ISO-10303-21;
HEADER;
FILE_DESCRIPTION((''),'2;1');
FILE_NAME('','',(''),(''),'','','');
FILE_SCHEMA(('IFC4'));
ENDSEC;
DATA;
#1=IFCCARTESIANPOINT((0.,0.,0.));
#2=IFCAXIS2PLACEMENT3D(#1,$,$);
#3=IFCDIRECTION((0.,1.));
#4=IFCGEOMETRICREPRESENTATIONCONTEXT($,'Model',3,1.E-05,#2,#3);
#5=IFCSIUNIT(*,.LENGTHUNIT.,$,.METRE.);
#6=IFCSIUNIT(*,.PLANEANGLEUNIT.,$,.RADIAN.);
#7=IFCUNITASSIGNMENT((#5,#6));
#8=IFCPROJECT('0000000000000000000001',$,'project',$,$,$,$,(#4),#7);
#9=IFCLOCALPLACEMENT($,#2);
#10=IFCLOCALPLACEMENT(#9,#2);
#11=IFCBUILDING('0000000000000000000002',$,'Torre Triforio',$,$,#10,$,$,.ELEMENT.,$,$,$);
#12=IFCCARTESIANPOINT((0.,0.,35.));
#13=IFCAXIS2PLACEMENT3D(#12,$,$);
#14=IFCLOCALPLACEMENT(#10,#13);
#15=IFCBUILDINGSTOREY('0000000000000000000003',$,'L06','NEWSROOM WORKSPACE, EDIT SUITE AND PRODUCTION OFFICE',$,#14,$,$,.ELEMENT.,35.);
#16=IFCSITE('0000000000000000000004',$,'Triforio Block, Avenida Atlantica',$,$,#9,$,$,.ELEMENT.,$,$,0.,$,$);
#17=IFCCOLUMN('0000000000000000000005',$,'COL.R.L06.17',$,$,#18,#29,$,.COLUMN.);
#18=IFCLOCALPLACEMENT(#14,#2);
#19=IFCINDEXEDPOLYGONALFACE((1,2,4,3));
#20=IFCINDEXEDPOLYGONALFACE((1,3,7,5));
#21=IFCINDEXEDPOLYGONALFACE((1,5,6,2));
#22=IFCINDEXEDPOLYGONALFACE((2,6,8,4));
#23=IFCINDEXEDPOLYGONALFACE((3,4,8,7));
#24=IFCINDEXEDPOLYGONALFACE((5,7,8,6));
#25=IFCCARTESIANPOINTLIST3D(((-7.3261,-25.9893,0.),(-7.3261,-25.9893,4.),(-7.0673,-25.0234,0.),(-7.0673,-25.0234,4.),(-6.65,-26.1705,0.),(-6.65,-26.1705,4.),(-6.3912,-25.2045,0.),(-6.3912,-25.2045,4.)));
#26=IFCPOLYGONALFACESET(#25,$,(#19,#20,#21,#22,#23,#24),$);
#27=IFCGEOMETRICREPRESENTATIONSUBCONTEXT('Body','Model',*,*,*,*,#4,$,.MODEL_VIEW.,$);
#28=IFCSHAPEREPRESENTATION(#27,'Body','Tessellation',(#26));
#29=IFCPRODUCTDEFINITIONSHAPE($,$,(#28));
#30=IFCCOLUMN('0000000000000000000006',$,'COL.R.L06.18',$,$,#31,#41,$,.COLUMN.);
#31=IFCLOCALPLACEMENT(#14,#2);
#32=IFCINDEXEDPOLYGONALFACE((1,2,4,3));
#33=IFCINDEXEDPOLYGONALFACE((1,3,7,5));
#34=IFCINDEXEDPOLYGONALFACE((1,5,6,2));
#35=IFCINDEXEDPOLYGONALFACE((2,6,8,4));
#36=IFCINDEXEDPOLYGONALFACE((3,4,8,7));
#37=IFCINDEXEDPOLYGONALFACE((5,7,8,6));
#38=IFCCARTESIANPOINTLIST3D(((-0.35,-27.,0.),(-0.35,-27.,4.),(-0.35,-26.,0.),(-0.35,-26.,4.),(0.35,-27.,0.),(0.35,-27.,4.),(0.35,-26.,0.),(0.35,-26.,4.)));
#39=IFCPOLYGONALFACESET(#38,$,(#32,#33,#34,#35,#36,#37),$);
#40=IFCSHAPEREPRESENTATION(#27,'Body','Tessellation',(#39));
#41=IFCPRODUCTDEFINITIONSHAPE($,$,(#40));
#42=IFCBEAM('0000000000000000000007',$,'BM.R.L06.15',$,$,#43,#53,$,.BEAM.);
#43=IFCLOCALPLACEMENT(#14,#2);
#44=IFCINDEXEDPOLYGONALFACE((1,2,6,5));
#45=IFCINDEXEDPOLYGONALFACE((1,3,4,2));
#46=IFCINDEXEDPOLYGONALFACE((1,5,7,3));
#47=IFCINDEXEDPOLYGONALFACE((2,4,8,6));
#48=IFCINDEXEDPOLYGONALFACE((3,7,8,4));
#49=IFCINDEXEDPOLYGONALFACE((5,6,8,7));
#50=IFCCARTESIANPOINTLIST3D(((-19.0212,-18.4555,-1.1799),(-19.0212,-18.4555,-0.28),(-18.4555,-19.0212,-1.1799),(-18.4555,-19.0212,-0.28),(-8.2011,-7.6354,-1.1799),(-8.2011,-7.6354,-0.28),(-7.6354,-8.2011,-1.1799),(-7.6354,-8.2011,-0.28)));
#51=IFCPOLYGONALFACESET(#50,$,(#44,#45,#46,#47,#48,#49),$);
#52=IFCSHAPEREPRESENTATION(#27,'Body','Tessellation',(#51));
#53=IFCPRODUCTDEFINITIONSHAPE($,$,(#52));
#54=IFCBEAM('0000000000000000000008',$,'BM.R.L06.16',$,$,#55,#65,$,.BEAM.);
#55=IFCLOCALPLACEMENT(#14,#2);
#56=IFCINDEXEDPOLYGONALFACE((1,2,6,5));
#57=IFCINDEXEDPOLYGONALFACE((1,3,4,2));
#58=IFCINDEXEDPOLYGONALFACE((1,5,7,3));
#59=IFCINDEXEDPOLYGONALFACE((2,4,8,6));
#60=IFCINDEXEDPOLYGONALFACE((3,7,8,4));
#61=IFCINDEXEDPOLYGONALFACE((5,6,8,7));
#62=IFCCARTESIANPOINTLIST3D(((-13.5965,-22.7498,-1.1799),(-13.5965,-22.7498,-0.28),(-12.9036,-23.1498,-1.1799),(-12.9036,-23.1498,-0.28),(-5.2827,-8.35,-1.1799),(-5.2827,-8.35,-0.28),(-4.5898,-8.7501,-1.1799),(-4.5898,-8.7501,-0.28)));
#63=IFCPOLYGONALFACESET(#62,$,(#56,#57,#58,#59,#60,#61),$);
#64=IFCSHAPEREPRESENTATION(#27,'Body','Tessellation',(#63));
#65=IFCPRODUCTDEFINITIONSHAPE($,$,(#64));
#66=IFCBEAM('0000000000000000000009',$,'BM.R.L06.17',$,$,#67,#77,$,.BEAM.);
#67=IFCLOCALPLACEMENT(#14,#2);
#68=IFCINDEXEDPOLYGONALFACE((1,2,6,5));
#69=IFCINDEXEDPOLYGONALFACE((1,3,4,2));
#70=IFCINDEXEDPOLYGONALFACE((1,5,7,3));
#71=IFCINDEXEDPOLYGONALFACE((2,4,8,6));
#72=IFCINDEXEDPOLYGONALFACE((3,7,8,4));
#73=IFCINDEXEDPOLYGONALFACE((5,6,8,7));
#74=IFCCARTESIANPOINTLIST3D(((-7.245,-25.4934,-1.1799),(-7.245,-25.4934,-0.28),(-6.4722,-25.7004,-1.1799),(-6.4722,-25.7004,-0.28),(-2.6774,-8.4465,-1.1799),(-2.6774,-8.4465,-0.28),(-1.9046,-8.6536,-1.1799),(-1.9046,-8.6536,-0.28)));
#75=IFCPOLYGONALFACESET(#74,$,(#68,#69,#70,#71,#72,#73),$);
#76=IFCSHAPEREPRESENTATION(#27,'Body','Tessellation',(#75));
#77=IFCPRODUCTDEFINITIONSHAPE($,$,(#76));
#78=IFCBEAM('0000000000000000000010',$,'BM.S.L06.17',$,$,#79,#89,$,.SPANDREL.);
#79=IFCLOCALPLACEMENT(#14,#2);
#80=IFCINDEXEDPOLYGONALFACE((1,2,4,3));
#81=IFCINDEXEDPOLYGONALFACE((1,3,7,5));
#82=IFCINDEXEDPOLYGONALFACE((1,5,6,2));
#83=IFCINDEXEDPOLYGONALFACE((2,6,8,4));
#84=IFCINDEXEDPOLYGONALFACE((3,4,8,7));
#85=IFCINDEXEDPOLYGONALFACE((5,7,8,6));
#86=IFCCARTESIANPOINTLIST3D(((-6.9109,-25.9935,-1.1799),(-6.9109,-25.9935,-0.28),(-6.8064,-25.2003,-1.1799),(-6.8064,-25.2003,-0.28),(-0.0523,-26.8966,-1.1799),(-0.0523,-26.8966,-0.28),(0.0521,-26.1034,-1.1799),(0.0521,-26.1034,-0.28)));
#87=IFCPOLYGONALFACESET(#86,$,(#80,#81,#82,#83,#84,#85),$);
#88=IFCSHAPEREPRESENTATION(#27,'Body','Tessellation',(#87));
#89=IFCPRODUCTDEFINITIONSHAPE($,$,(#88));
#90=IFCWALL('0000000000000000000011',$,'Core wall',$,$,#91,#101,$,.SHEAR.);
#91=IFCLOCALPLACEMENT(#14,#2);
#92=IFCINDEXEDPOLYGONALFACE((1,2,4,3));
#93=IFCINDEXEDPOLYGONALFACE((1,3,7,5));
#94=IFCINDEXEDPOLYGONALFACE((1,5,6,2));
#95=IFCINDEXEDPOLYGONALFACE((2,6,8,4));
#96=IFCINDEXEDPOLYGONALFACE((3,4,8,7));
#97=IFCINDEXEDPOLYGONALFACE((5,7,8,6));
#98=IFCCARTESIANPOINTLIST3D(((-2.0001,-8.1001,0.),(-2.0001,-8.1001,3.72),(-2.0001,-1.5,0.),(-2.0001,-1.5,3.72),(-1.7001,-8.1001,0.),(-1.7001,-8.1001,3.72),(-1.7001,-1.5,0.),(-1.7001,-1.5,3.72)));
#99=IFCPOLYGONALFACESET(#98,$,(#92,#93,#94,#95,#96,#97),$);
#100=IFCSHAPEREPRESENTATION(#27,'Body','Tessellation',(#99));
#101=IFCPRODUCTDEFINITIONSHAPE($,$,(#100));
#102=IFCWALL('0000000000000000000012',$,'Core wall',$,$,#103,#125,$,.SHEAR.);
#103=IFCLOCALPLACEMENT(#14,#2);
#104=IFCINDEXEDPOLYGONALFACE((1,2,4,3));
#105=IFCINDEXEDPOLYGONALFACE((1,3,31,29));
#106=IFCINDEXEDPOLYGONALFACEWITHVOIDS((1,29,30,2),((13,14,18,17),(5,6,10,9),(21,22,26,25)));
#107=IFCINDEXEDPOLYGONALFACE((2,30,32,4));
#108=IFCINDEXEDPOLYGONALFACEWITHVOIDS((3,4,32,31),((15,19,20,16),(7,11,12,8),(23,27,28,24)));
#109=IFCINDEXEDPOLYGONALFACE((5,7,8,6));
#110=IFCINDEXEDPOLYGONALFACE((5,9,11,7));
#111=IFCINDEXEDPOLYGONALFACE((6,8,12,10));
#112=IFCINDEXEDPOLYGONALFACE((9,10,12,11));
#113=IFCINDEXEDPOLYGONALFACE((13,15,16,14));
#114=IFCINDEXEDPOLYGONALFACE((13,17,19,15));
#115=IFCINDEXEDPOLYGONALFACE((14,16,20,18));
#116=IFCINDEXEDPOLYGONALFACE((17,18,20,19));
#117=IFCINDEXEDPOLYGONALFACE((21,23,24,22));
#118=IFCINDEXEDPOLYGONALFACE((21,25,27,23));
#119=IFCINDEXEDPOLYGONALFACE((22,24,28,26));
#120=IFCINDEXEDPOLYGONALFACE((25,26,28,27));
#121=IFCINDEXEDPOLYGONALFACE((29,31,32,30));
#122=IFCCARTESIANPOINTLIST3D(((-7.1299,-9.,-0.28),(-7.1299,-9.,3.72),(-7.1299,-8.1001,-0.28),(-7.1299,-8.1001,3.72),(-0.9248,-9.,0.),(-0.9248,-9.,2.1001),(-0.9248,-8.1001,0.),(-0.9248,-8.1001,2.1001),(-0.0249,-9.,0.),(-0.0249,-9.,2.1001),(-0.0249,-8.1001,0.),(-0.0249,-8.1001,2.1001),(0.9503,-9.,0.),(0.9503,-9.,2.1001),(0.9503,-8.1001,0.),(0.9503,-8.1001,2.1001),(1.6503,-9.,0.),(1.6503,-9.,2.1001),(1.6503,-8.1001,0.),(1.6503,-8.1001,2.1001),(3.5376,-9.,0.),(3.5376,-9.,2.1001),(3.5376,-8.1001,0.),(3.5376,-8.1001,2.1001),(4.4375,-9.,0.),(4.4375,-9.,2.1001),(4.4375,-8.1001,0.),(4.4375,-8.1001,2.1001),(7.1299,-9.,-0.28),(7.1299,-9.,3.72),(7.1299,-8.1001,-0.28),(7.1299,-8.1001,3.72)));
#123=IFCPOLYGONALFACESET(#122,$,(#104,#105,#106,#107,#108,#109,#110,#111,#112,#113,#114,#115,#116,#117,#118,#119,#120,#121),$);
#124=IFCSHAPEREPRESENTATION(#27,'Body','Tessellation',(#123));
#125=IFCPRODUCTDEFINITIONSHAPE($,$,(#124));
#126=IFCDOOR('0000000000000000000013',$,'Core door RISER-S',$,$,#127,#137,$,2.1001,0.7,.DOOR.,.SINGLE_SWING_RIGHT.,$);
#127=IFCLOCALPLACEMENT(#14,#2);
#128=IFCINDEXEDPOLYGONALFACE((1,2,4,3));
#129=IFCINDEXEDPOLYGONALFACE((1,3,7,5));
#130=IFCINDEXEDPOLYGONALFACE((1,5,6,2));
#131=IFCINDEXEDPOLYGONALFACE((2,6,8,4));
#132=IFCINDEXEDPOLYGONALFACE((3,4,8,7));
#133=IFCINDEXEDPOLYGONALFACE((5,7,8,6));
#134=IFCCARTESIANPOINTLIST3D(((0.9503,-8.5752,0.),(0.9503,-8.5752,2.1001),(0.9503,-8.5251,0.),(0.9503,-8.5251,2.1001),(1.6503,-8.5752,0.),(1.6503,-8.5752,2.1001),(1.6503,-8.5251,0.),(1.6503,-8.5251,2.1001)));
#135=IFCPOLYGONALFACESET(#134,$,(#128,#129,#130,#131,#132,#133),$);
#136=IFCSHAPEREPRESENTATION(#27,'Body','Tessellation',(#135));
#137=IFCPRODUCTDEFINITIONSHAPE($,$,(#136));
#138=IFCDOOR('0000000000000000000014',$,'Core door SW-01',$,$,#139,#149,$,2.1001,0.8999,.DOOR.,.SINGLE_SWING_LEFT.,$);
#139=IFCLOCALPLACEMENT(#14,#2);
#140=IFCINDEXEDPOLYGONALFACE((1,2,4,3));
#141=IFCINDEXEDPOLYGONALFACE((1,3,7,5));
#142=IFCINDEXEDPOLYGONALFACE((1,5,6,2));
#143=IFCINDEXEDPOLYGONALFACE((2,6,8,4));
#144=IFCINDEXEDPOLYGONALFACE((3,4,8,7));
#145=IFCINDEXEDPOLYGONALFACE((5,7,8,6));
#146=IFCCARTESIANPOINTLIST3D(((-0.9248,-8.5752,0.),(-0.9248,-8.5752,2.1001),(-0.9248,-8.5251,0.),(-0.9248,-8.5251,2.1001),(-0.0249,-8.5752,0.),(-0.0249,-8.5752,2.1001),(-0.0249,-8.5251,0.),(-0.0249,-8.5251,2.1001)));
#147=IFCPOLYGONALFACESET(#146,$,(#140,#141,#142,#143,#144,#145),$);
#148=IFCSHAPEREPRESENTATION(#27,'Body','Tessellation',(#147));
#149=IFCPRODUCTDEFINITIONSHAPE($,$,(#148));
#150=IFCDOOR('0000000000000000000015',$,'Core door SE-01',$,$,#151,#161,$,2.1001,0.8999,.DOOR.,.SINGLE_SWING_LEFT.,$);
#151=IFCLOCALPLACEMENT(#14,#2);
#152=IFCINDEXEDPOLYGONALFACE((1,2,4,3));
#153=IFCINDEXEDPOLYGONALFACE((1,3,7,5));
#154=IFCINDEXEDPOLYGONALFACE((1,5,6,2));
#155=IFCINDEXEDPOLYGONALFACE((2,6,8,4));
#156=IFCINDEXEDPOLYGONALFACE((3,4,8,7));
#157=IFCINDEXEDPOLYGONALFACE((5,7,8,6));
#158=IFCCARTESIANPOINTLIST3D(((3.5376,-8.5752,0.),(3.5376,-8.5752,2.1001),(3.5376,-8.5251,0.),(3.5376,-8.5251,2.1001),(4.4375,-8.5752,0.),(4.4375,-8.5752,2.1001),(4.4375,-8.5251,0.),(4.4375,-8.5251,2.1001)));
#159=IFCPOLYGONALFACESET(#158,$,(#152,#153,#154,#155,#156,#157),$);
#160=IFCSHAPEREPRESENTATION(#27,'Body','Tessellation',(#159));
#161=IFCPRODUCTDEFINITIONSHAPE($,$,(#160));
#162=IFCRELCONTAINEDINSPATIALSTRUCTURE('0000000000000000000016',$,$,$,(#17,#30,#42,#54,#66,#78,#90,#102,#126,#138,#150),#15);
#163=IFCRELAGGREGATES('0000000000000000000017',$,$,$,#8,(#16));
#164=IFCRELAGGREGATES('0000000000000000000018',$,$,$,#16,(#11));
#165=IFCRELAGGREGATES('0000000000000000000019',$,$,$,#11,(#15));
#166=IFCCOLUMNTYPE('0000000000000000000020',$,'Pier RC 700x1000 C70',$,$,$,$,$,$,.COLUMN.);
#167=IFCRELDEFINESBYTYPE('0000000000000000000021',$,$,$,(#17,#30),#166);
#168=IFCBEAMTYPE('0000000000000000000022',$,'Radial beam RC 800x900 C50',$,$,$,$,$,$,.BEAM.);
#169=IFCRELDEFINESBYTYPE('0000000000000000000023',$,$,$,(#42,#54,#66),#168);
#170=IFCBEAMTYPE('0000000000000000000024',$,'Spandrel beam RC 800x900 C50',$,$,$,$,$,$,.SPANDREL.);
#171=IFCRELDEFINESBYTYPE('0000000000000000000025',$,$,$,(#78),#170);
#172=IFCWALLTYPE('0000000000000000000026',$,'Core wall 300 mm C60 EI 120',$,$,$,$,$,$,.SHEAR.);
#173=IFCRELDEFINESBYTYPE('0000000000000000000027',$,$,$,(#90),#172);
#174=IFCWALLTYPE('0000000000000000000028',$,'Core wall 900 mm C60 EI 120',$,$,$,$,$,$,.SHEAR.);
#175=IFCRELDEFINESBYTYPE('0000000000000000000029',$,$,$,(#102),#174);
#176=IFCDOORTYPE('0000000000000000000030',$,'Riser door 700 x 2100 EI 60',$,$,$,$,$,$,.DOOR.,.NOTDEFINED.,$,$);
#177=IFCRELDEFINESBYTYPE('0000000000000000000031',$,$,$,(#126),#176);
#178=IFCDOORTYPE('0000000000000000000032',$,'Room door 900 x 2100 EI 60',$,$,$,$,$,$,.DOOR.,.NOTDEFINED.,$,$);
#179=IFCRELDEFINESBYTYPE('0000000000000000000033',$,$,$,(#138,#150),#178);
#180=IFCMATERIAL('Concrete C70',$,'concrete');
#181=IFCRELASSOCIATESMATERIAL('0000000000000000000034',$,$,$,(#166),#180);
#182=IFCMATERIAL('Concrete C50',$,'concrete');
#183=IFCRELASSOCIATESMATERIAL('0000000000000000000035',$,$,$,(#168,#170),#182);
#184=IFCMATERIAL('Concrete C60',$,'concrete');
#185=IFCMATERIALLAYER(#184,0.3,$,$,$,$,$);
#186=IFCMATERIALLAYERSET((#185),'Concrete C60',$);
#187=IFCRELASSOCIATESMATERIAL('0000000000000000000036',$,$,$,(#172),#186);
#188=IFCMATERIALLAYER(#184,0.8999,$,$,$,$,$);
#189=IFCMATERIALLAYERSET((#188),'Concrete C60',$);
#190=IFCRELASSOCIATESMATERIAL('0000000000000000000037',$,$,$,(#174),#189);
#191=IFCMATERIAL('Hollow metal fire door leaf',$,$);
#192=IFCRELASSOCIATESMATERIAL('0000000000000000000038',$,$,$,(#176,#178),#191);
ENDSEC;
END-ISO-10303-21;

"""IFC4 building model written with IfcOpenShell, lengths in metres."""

from ifc_helpers import new_model, si_unit, direction, frame, frame_2d, origin, origin_2d, place, context, subcontext, project, spatial, rectangle, extrude, material, layer, layer_set, material_profile, profile_set, type_object, element, fill, save


model = new_model("IFC4")

# Units and contexts
model_context = context("Model", 3, precision=1e-05, world=origin(), true_north=direction((0.0, 1.0)))
body_context = subcontext(model_context, "Body", "Model", "MODEL_VIEW")
ifc_project = project(units=[si_unit("LENGTHUNIT", "METRE"), si_unit("PLANEANGLEUNIT", "RADIAN")], contexts=[model_context])

# Site, building, storey
site_placement = place(None, origin())
site = spatial("IfcSite", under=ifc_project, at=site_placement, Name="Triforio Block, Avenida Atlantica", CompositionType="ELEMENT", RefElevation=0.0)
building_placement = place(site_placement, origin())
building = spatial("IfcBuilding", under=site, at=building_placement, Name="Torre Triforio", CompositionType="ELEMENT")
storey_placement = place(building_placement, frame((0.0, 0.0, 35.0)))
storey = spatial("IfcBuildingStorey", under=building, at=storey_placement, Name="L06", Description="NEWSROOM WORKSPACE, EDIT SUITE AND PRODUCTION OFFICE", CompositionType="ELEMENT", Elevation=35.0)

# Columns
ifc_material_1 = material(Name="Concrete C70", Category="concrete")
ifc_material_profile_1 = material_profile(ifc_material_1, rectangle(XDim=0.7, YDim=1.0, at=origin_2d()), Name="RC 700x1000")
ifc_profile_set_1 = profile_set([ifc_material_profile_1], Name="Concrete C70")
column_type = type_object("IfcColumnType", Name="Pier RC 700x1000 C70", PredefinedType="COLUMN", material=ifc_profile_set_1)
for number, where, z_axis, x_axis, name in (
    (1, (-6.8586, -25.5969, 0.0), (0.0, 0.0, 1.0), (0.965926, -0.258819, 0.0), "COL.R.L06.17"),
    (2, (0.0, -26.5, 0.0), (0.0, 0.0, 1.0), (1.0, 0.0, 0.0), "COL.R.L06.18"),
):
    element("IfcColumn", number, at=place(storey_placement, frame(where, z_axis=z_axis, x_axis=x_axis)), inside=storey, type_object=column_type, Name=name, PredefinedType="COLUMN", context=body_context, shape_type="SweptSolid", body=[
        extrude(rectangle(XDim=0.7, YDim=1.0, at=origin_2d()), origin(), (0.0, 0.0, 1.0), 4.0),
    ])

# Beams
ifc_material_2 = material(Name="Concrete C50", Category="concrete")
ifc_material_profile_2 = material_profile(ifc_material_2, rectangle(XDim=0.8, YDim=0.8999, at=origin_2d()), Name="RC 800x900")
ifc_profile_set_2 = profile_set([ifc_material_profile_2], Name="Concrete C50")
beam_type_1 = type_object("IfcBeamType", Name="Radial beam RC 800x900 C50", PredefinedType="BEAM", material=ifc_profile_set_2)
beam_1_placement = place(storey_placement, frame((-7.9182, -7.9182, -0.73), z_axis=(-0.707107, -0.707107, 0.0), x_axis=(0.707107, -0.707107, 0.0)))
element("IfcBeam", 3, at=beam_1_placement, inside=storey, type_object=beam_type_1, Name="BM.R.L06.15", PredefinedType="BEAM", context=body_context, shape_type="SweptSolid", body=[
    extrude(rectangle(XDim=0.8, YDim=0.8999, at=origin_2d()), origin(), (0.0, 0.0, 1.0), 15.302),
])
beam_2_placement = place(storey_placement, frame((-4.9363, -8.55, -0.73), z_axis=(-0.500003, -0.866023, 0.0), x_axis=(0.866023, -0.500003, 0.0)))
element("IfcBeam", 4, at=beam_2_placement, inside=storey, type_object=beam_type_1, Name="BM.R.L06.16", PredefinedType="BEAM", context=body_context, shape_type="SweptSolid", body=[
    extrude(rectangle(XDim=0.8, YDim=0.8999, at=origin_2d()), origin(), (0.0, 0.0, 1.0), 16.6274),
])
beam_3_placement = place(storey_placement, frame((-2.291, -8.55, -0.73), z_axis=(-0.258815, -0.965927, 0.0), x_axis=(0.965927, -0.258815, 0.0)))
element("IfcBeam", 5, at=beam_3_placement, inside=storey, type_object=beam_type_1, Name="BM.R.L06.17", PredefinedType="BEAM", context=body_context, shape_type="SweptSolid", body=[
    extrude(rectangle(XDim=0.8, YDim=0.8999, at=origin_2d()), origin(), (0.0, 0.0, 1.0), 17.6482),
])
ifc_material_profile_3 = material_profile(ifc_material_2, rectangle(XDim=0.8, YDim=0.8999, at=origin_2d()), Name="RC 800x900")
ifc_profile_set_3 = profile_set([ifc_material_profile_3], Name="Concrete C50")
beam_type_2 = type_object("IfcBeamType", Name="Spandrel beam RC 800x900 C50", PredefinedType="SPANDREL", material=ifc_profile_set_3)
beam_4_placement = place(storey_placement, frame((-6.8586, -25.5969, -0.73), z_axis=(0.991443, -0.130543, 0.0), x_axis=(0.130543, 0.991443, 0.0)))
element("IfcBeam", 6, at=beam_4_placement, inside=storey, type_object=beam_type_2, Name="BM.S.L06.17", PredefinedType="SPANDREL", context=body_context, shape_type="SweptSolid", body=[
    extrude(rectangle(XDim=0.8, YDim=0.8999, at=origin_2d()), origin(), (0.0, 0.0, 1.0), 6.9177),
])

# Wall
ifc_material_3 = material(Name="Concrete C60", Category="concrete")
ifc_layer_1 = layer(ifc_material_3, 0.3)
ifc_layer_set_1 = layer_set([ifc_layer_1], Name="Concrete C60")
wall_type_1 = type_object("IfcWallType", Name="Core wall 300 mm C60 EI 120", PredefinedType="SHEAR", material=ifc_layer_set_1)
wall_1_placement = place(storey_placement, frame((-1.8501, -8.1001, 0.0), z_axis=(0.0, 0.0, 1.0), x_axis=(0.0, 1.0, 0.0)))
element("IfcWall", 7, at=wall_1_placement, inside=storey, type_object=wall_type_1, Name="Core wall", PredefinedType="SHEAR", context=body_context, shape_type="SweptSolid", body=[
    extrude(rectangle(XDim=6.6001, YDim=0.3, at=frame_2d((3.3, 0.0))), origin(), (0.0, 0.0, 1.0), 3.72),
])

# Wall, openings, doors
ifc_layer_2 = layer(ifc_material_3, 0.8999)
ifc_layer_set_2 = layer_set([ifc_layer_2], Name="Concrete C60")
wall_type_2 = type_object("IfcWallType", Name="Core wall 900 mm C60 EI 120", PredefinedType="SHEAR", material=ifc_layer_set_2)
wall_2_placement = place(storey_placement, frame((-7.1299, -8.55, -0.28), z_axis=(0.0, 0.0, 1.0), x_axis=(1.0, 0.0, 0.0)))
wall_2 = element("IfcWall", 8, at=wall_2_placement, inside=storey, type_object=wall_type_2, Name="Core wall", PredefinedType="SHEAR", context=body_context, shape_type="SweptSolid", body=[
    extrude(rectangle(XDim=14.2598, YDim=0.8999, at=frame_2d((7.1299, 0.0))), origin(), (0.0, 0.0, 1.0), 4.0),
])
opening_1_placement = place(wall_2_placement, frame((8.0801, 0.0, 0.28)))
opening_1 = element("IfcOpeningElement", 9, at=opening_1_placement, cuts=wall_2, PredefinedType="OPENING", context=body_context, shape_type="SweptSolid", body=[
    extrude(rectangle(XDim=0.7, YDim=2.1001, at=frame_2d((0.3501, 1.05))), frame((0.0, 0.46, 0.0), z_axis=(0.0, -1.0, 0.0), x_axis=(1.0, 0.0, 0.0)), (0.0, 0.0, 1.0), 0.9199),
])
opening_2_placement = place(wall_2_placement, frame((6.2051, 0.0, 0.28)))
opening_2 = element("IfcOpeningElement", 10, at=opening_2_placement, cuts=wall_2, PredefinedType="OPENING", context=body_context, shape_type="SweptSolid", body=[
    extrude(rectangle(XDim=0.8999, YDim=2.1001, at=frame_2d((0.45, 1.05))), frame((0.0, 0.46, 0.0), z_axis=(0.0, -1.0, 0.0), x_axis=(1.0, 0.0, 0.0)), (0.0, 0.0, 1.0), 0.9199),
])
opening_3_placement = place(wall_2_placement, frame((10.6675, 0.0, 0.28)))
opening_3 = element("IfcOpeningElement", 11, at=opening_3_placement, cuts=wall_2, PredefinedType="OPENING", context=body_context, shape_type="SweptSolid", body=[
    extrude(rectangle(XDim=0.8999, YDim=2.1001, at=frame_2d((0.45, 1.05))), frame((0.0, 0.46, 0.0), z_axis=(0.0, -1.0, 0.0), x_axis=(1.0, 0.0, 0.0)), (0.0, 0.0, 1.0), 0.9199),
])
ifc_material_4 = material(Name="Hollow metal fire door leaf")
door_type_1 = type_object("IfcDoorType", Name="Riser door 700 x 2100 EI 60", OperationType="NOTDEFINED", PredefinedType="DOOR", material=ifc_material_4)
door_1_placement = place(opening_1_placement, origin())
door_1 = element("IfcDoor", 12, at=door_1_placement, inside=storey, type_object=door_type_1, Name="Core door RISER-S", OperationType="SINGLE_SWING_RIGHT", OverallHeight=2.1001, OverallWidth=0.7, PredefinedType="DOOR", context=body_context, shape_type="SweptSolid", body=[
    extrude(rectangle(XDim=0.7, YDim=2.1001, at=frame_2d((0.3501, 1.05))), frame((0.0, 0.0249, 0.0), z_axis=(0.0, -1.0, 0.0), x_axis=(1.0, 0.0, 0.0)), (0.0, 0.0, 1.0), 0.05),
])
fill(opening_1, door_1)
door_type_2 = type_object("IfcDoorType", Name="Room door 900 x 2100 EI 60", OperationType="NOTDEFINED", PredefinedType="DOOR", material=ifc_material_4)
door_2_placement = place(opening_2_placement, origin())
door_2 = element("IfcDoor", 13, at=door_2_placement, inside=storey, type_object=door_type_2, Name="Core door SW-01", OperationType="SINGLE_SWING_LEFT", OverallHeight=2.1001, OverallWidth=0.8999, PredefinedType="DOOR", context=body_context, shape_type="SweptSolid", body=[
    extrude(rectangle(XDim=0.8999, YDim=2.1001, at=frame_2d((0.45, 1.05))), frame((0.0, 0.0249, 0.0), z_axis=(0.0, -1.0, 0.0), x_axis=(1.0, 0.0, 0.0)), (0.0, 0.0, 1.0), 0.05),
])
fill(opening_2, door_2)
door_3_placement = place(opening_3_placement, origin())
door_3 = element("IfcDoor", 14, at=door_3_placement, inside=storey, type_object=door_type_2, Name="Core door SE-01", OperationType="SINGLE_SWING_LEFT", OverallHeight=2.1001, OverallWidth=0.8999, PredefinedType="DOOR", context=body_context, shape_type="SweptSolid", body=[
    extrude(rectangle(XDim=0.8999, YDim=2.1001, at=frame_2d((0.45, 1.05))), frame((0.0, 0.0249, 0.0), z_axis=(0.0, -1.0, 0.0), x_axis=(1.0, 0.0, 0.0)), (0.0, 0.0, 1.0), 0.05),
])
fill(opening_3, door_3)

save(model, "model.ifc")
